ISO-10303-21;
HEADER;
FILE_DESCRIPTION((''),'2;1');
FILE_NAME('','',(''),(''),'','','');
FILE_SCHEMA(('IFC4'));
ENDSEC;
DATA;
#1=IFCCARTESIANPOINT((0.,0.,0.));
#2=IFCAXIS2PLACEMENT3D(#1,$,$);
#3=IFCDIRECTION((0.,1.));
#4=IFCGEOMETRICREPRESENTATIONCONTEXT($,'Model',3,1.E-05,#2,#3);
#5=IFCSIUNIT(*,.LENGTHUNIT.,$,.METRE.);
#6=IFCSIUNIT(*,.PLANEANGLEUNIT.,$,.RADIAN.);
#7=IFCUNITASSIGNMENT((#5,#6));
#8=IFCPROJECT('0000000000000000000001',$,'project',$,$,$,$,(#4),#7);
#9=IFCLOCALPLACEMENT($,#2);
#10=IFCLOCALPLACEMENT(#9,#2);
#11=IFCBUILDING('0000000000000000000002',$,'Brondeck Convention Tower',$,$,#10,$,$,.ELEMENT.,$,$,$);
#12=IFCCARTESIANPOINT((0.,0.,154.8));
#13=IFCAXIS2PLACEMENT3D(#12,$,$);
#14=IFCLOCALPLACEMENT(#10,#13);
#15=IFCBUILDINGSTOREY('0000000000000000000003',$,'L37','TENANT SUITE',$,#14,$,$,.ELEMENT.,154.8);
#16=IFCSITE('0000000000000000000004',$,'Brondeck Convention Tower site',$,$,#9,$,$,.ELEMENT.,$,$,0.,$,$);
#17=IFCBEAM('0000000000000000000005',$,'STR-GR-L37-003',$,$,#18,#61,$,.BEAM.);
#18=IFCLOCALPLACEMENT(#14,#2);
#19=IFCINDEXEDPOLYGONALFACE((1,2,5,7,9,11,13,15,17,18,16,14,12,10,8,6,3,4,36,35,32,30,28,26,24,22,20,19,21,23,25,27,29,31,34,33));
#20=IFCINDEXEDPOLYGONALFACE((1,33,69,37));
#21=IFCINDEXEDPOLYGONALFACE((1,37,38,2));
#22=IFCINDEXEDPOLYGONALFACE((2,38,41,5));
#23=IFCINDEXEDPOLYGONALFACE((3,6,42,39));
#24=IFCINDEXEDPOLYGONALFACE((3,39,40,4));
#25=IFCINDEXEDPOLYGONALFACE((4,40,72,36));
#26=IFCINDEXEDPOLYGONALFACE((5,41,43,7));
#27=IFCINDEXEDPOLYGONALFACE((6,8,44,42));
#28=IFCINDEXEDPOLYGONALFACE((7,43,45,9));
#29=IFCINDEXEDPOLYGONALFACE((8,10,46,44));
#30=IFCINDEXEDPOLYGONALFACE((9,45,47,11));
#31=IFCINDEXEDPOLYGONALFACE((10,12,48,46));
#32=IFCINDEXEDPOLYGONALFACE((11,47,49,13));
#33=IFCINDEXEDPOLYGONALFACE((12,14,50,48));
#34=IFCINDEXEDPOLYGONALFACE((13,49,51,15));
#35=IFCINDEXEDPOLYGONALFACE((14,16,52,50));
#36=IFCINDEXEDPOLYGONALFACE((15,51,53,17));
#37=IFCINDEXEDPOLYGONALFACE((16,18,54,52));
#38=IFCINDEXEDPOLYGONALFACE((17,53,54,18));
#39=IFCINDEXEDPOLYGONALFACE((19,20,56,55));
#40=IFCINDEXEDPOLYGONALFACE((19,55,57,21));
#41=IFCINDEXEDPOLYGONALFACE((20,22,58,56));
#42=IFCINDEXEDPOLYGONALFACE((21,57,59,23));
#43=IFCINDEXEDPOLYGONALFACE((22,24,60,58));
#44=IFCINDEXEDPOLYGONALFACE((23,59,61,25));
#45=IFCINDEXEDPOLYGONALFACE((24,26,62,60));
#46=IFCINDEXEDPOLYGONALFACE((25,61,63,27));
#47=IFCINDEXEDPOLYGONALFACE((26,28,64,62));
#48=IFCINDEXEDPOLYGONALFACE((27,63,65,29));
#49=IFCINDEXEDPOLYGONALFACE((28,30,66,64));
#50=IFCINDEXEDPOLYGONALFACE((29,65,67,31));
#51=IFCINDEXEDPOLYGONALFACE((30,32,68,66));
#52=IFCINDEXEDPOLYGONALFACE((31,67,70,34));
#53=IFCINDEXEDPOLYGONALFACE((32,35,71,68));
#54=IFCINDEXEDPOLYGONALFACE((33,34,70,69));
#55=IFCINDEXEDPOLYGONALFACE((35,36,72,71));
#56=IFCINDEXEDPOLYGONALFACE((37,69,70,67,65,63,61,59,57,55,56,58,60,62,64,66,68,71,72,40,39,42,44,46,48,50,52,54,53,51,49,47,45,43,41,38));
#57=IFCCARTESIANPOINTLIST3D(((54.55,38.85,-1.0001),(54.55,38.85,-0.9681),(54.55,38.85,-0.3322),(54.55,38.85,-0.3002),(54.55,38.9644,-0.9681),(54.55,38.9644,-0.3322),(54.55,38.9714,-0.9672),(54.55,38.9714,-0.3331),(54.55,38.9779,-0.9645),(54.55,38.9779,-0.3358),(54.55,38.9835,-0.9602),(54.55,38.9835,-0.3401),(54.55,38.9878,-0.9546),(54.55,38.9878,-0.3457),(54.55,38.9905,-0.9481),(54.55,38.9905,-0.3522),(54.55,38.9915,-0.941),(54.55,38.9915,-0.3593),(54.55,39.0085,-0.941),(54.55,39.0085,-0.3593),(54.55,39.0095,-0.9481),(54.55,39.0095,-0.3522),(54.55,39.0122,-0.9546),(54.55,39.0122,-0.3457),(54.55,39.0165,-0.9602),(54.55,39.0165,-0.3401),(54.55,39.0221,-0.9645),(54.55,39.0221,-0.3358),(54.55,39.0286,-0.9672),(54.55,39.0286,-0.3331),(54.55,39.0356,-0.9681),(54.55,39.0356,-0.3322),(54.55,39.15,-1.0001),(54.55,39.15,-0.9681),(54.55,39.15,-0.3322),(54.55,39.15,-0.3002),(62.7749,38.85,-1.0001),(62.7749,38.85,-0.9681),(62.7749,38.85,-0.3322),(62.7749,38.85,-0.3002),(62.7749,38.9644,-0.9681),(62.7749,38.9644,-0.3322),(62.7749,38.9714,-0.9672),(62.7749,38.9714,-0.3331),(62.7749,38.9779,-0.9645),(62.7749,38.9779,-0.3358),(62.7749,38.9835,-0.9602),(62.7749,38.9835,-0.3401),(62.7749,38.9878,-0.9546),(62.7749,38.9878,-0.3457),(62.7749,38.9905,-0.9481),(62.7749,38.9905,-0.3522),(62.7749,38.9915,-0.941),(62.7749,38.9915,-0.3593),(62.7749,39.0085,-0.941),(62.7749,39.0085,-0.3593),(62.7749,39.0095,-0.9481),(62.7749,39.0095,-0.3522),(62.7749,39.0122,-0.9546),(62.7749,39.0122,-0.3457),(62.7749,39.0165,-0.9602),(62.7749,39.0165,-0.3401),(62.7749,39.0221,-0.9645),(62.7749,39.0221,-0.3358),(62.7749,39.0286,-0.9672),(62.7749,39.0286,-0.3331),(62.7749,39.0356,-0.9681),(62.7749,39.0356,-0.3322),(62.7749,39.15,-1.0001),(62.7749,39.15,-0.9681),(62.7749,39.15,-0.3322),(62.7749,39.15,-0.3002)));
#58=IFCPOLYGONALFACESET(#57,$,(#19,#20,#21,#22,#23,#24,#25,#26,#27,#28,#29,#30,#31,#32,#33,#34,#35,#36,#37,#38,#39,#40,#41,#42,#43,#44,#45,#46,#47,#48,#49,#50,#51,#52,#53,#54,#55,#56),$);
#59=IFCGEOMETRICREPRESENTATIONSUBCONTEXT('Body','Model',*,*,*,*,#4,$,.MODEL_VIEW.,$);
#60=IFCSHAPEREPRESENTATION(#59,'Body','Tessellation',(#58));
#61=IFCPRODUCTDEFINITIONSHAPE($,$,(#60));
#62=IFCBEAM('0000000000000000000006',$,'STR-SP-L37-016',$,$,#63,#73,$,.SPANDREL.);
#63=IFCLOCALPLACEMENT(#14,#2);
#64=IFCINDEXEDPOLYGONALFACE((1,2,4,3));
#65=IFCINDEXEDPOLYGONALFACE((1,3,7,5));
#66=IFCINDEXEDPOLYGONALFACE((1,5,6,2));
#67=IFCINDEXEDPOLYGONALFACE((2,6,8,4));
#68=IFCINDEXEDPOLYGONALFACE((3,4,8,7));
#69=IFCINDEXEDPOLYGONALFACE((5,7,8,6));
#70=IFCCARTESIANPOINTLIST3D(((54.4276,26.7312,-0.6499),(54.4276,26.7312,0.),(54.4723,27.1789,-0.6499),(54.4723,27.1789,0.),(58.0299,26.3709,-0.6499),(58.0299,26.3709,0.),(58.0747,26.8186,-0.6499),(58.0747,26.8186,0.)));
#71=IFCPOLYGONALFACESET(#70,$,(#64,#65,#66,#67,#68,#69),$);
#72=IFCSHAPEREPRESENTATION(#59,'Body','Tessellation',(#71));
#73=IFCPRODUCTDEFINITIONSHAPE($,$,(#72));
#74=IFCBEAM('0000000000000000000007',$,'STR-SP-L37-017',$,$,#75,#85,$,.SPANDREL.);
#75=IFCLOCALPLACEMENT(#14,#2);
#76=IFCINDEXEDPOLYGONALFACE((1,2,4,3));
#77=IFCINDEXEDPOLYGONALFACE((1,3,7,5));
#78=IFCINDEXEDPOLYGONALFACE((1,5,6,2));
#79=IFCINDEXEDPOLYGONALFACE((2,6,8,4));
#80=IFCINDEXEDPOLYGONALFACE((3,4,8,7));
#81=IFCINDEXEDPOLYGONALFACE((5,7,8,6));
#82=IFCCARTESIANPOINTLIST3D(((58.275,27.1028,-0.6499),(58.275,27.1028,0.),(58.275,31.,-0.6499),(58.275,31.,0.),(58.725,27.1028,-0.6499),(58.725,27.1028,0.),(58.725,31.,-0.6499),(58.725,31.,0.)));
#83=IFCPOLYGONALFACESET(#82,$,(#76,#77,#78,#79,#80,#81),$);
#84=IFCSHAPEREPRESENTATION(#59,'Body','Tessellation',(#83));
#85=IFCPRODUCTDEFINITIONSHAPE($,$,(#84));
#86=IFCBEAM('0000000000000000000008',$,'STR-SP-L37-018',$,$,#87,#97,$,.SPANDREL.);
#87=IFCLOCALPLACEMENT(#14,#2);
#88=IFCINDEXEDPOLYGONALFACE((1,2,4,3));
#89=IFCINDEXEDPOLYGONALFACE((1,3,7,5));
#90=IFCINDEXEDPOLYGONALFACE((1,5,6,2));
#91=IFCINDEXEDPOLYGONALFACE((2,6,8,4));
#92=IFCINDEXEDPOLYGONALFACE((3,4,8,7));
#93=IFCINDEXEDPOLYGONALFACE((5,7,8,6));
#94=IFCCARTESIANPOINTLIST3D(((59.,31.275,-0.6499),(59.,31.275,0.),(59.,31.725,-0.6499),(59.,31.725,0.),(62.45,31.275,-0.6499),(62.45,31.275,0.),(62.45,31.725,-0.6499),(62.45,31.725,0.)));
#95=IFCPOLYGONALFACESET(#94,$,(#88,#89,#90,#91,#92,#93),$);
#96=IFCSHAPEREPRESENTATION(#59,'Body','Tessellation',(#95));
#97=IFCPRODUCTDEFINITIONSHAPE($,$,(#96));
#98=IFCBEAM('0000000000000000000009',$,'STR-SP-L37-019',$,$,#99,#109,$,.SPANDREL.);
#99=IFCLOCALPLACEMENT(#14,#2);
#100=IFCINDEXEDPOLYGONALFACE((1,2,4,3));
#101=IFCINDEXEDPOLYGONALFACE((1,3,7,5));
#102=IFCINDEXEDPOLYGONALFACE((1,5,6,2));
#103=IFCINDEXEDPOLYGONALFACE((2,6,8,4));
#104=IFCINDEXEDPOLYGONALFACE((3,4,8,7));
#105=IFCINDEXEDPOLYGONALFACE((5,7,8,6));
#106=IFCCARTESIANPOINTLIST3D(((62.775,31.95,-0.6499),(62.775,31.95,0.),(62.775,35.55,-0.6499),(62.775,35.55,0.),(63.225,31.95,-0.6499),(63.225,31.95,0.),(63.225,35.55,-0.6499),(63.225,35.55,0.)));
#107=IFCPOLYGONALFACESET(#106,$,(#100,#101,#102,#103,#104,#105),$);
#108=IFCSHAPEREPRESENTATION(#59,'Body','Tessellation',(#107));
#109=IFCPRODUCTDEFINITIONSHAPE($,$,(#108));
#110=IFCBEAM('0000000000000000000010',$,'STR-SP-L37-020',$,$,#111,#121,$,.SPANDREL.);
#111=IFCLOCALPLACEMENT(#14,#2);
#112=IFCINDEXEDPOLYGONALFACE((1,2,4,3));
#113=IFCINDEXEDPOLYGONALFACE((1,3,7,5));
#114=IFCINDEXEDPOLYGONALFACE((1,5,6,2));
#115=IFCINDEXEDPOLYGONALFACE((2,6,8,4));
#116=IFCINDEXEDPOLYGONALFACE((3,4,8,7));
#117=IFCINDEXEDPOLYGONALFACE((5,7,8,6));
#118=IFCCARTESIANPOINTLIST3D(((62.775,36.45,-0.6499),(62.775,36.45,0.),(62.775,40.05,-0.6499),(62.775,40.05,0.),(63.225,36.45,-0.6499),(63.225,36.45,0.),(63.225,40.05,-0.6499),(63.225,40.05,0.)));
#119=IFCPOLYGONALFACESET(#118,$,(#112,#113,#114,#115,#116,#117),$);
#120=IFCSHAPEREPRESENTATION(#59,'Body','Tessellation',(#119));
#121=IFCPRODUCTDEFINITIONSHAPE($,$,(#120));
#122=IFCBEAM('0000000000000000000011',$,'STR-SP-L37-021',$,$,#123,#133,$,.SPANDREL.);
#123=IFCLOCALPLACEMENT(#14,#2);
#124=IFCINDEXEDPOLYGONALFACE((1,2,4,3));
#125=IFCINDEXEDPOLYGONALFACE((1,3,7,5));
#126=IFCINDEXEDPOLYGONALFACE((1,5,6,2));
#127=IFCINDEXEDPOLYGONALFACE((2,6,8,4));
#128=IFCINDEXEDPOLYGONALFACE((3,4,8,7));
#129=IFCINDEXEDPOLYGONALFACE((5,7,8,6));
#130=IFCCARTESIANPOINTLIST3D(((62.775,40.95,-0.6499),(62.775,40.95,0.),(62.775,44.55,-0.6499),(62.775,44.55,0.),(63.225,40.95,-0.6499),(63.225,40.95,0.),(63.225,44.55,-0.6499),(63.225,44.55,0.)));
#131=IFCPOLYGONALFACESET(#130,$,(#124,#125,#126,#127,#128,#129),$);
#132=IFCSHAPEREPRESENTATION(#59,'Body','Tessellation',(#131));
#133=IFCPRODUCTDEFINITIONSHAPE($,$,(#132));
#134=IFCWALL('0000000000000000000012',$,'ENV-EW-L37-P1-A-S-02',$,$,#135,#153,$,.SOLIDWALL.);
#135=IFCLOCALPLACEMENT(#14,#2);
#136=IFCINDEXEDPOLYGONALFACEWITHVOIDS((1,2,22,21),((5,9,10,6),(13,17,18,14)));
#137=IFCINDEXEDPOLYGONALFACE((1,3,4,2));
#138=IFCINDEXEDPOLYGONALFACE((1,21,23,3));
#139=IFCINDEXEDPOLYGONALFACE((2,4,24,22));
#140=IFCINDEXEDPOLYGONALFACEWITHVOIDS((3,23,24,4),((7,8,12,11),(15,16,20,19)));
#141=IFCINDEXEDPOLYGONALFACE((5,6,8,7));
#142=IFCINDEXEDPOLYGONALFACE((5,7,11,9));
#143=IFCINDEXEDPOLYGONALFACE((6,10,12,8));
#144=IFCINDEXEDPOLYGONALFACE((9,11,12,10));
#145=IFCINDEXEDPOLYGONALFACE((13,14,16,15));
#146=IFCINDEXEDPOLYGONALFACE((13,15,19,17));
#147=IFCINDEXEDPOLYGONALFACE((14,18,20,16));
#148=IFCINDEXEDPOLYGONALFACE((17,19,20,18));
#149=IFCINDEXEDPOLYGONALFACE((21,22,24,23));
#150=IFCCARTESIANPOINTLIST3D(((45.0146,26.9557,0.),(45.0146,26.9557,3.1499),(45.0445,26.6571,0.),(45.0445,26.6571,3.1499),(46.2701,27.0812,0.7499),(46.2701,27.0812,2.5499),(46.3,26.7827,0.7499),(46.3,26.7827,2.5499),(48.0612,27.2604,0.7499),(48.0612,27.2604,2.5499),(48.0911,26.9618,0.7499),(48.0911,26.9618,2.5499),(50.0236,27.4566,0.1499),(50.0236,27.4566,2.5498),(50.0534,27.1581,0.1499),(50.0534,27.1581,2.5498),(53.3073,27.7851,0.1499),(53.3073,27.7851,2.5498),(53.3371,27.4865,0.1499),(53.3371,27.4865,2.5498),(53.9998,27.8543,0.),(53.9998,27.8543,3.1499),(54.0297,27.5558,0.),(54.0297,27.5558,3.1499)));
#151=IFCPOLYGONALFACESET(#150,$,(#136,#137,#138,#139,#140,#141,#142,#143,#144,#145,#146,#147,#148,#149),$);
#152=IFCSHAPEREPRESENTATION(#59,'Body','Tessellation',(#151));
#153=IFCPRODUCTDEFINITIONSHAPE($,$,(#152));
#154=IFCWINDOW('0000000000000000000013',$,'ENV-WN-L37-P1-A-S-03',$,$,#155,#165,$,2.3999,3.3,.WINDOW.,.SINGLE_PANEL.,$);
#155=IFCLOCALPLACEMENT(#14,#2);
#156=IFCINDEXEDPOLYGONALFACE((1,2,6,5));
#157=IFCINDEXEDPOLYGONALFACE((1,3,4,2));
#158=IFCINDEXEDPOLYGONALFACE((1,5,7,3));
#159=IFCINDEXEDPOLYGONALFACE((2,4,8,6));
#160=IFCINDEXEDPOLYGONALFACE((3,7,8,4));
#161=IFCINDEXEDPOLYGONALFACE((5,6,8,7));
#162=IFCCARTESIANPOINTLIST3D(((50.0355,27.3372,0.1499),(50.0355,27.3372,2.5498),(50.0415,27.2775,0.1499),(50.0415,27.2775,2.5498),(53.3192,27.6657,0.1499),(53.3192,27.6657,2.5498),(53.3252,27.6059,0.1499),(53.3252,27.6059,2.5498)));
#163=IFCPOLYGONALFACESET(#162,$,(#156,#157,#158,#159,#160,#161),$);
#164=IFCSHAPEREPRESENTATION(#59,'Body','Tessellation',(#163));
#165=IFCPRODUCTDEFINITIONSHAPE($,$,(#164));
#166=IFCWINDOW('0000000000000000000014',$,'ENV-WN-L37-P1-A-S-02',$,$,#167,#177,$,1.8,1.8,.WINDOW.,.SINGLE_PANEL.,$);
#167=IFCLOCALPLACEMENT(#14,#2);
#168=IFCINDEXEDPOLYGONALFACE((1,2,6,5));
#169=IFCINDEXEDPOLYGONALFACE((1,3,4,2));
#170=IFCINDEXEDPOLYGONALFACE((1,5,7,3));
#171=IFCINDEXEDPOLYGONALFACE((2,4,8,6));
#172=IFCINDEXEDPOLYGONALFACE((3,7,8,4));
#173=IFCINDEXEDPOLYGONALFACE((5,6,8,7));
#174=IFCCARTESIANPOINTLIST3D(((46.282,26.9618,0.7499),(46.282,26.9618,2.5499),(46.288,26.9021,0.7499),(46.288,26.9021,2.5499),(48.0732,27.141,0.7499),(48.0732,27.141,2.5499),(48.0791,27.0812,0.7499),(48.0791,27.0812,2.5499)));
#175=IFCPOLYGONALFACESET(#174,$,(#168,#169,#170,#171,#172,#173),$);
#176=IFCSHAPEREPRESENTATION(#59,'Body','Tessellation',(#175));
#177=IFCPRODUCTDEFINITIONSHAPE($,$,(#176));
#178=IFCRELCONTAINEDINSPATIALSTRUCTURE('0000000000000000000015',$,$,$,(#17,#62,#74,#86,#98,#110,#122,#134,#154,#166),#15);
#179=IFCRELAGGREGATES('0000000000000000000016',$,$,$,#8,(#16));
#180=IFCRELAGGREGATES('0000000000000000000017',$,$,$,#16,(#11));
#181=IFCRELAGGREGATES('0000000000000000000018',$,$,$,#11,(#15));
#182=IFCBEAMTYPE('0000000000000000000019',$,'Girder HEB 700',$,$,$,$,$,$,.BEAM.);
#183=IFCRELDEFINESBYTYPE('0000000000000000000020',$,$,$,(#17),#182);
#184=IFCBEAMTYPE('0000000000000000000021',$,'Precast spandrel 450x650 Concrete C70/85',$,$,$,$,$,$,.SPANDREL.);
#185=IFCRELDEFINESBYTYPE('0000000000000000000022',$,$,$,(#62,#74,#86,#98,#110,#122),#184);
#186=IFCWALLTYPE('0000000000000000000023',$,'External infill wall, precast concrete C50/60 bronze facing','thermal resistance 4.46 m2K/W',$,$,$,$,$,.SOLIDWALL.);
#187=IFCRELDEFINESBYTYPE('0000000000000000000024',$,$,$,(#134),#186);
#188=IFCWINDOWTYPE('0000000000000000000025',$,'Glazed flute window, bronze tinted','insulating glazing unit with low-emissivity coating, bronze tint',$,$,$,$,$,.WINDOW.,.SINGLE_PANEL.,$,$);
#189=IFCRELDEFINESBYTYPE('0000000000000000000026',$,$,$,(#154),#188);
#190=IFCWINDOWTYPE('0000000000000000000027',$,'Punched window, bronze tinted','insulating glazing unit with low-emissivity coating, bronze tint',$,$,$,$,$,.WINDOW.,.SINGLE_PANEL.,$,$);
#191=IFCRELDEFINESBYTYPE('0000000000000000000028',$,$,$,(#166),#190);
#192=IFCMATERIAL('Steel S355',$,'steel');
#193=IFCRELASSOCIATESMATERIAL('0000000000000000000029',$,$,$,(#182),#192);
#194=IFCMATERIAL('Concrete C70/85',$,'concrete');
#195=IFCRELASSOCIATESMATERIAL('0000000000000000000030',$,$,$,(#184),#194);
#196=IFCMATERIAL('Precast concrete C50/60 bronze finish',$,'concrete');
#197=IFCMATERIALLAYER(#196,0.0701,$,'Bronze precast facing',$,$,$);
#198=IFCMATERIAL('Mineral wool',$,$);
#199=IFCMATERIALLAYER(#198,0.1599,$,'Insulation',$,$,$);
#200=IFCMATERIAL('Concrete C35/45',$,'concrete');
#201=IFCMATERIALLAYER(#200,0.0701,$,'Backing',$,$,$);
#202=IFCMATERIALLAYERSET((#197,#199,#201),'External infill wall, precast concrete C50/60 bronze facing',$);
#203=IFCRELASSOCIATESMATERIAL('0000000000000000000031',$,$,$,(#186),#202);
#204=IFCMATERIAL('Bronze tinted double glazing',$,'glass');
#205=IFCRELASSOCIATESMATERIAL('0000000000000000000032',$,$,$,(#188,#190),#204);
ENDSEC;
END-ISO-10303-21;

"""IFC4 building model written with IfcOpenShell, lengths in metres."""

from ifc_helpers import new_model, si_unit, direction, frame, frame_2d, origin, origin_2d, place, context, subcontext, project, spatial, rectangle, i_section, extrude, material, layer, layer_set, material_profile, profile_set, type_object, element, fill, save


model = new_model("IFC4")

# Units and contexts
model_context = context("Model", 3, precision=1e-05, world=origin(), true_north=direction((0.0, 1.0)))
body_context = subcontext(model_context, "Body", "Model", "MODEL_VIEW")
ifc_project = project(units=[si_unit("LENGTHUNIT", "METRE"), si_unit("PLANEANGLEUNIT", "RADIAN")], contexts=[model_context])

# Site, building, storey
site_placement = place(None, origin())
site = spatial("IfcSite", under=ifc_project, at=site_placement, Name="Brondeck Convention Tower site", CompositionType="ELEMENT", RefElevation=0.0)
building_placement = place(site_placement, origin())
building = spatial("IfcBuilding", under=site, at=building_placement, Name="Brondeck Convention Tower", CompositionType="ELEMENT")
storey_placement = place(building_placement, frame((0.0, 0.0, 154.8)))
storey = spatial("IfcBuildingStorey", under=building, at=storey_placement, Name="L37", Description="TENANT SUITE", CompositionType="ELEMENT", Elevation=154.8)

# Shared definitions
ifc_material_1 = material(Name="Concrete C70/85", Category="concrete")

# Beams
ifc_material_2 = material(Name="Steel S355", Category="steel")
ifc_material_profile_1 = material_profile(ifc_material_2, i_section(OverallWidth=0.3, OverallDepth=0.7, WebThickness=0.0171, FlangeThickness=0.032, FilletRadius=0.0271, at=origin_2d()), Name="HEB 700")
ifc_profile_set_1 = profile_set([ifc_material_profile_1], Name="Steel S355")
beam_type_1 = type_object("IfcBeamType", Name="Girder HEB 700", PredefinedType="BEAM", material=ifc_profile_set_1)
beam_1_placement = place(storey_placement, frame((54.55, 39.0, -0.6501), z_axis=(1.0, 0.0, 0.0), x_axis=(0.0, 1.0, 0.0)))
element("IfcBeam", 1, at=beam_1_placement, inside=storey, type_object=beam_type_1, Name="STR-GR-L37-003", PredefinedType="BEAM", context=body_context, shape_type="SweptSolid", body=[
    extrude(i_section(OverallWidth=0.3, OverallDepth=0.7, WebThickness=0.0171, FlangeThickness=0.032, FilletRadius=0.0271, at=origin_2d()), origin(), (0.0, 0.0, 1.0), 8.2249),
])
ifc_material_profile_2 = material_profile(ifc_material_1, rectangle(XDim=0.45, YDim=0.6499, at=origin_2d()), Name="Precast spandrel 450x650 Concrete C70/85")
ifc_profile_set_2 = profile_set([ifc_material_profile_2], Name="Concrete C70/85")
beam_type_2 = type_object("IfcBeamType", Name="Precast spandrel 450x650 Concrete C70/85", PredefinedType="SPANDREL", material=ifc_profile_set_2)
beam_2_placement = place(storey_placement, frame((54.45, 26.9551, -0.325), z_axis=(0.995034, -0.099537, 0.0), x_axis=(0.099537, 0.995034, 0.0)))
element("IfcBeam", 2, at=beam_2_placement, inside=storey, type_object=beam_type_2, Name="STR-SP-L37-016", PredefinedType="SPANDREL", context=body_context, shape_type="SweptSolid", body=[
    extrude(rectangle(XDim=0.45, YDim=0.6499, at=origin_2d()), origin(), (0.0, 0.0, 1.0), 3.6204),
])
beam_3_placement = place(storey_placement, frame((58.5, 27.1028, -0.325), z_axis=(0.0, 1.0, 0.0), x_axis=(-1.0, 0.0, 0.0)))
element("IfcBeam", 3, at=beam_3_placement, inside=storey, type_object=beam_type_2, Name="STR-SP-L37-017", PredefinedType="SPANDREL", context=body_context, shape_type="SweptSolid", body=[
    extrude(rectangle(XDim=0.45, YDim=0.6499, at=origin_2d()), origin(), (0.0, 0.0, 1.0), 3.8972),
])
beam_4_placement = place(storey_placement, frame((59.0, 31.5, -0.325), z_axis=(1.0, 0.0, 0.0), x_axis=(0.0, 1.0, 0.0)))
element("IfcBeam", 4, at=beam_4_placement, inside=storey, type_object=beam_type_2, Name="STR-SP-L37-018", PredefinedType="SPANDREL", context=body_context, shape_type="SweptSolid", body=[
    extrude(rectangle(XDim=0.45, YDim=0.6499, at=origin_2d()), origin(), (0.0, 0.0, 1.0), 3.45),
])
for number, where, z_axis, x_axis, name in (
    (5, (63.0, 31.95, -0.325), (0.0, 1.0, 0.0), (-1.0, 0.0, 0.0), "STR-SP-L37-019"),
    (6, (63.0, 36.45, -0.325), (0.0, 1.0, 0.0), (-1.0, 0.0, 0.0), "STR-SP-L37-020"),
    (7, (63.0, 40.95, -0.325), (0.0, 1.0, 0.0), (-1.0, 0.0, 0.0), "STR-SP-L37-021"),
):
    element("IfcBeam", number, at=place(storey_placement, frame(where, z_axis=z_axis, x_axis=x_axis)), inside=storey, type_object=beam_type_2, Name=name, PredefinedType="SPANDREL", context=body_context, shape_type="SweptSolid", body=[
        extrude(rectangle(XDim=0.45, YDim=0.6499, at=origin_2d()), origin(), (0.0, 0.0, 1.0), 3.6001),
    ])

# Wall, openings, windows
ifc_material_3 = material(Name="Precast concrete C50/60 bronze finish", Category="concrete")
ifc_layer_1 = layer(ifc_material_3, 0.0701, Name="Bronze precast facing")
ifc_material_4 = material(Name="Mineral wool")
ifc_layer_2 = layer(ifc_material_4, 0.1599, Name="Insulation")
ifc_material_5 = material(Name="Concrete C35/45", Category="concrete")
ifc_layer_3 = layer(ifc_material_5, 0.0701, Name="Backing")
ifc_layer_set_1 = layer_set([ifc_layer_1, ifc_layer_2, ifc_layer_3], Name="External infill wall, precast concrete C50/60 bronze facing")
wall_type_1 = type_object("IfcWallType", Name="External infill wall, precast concrete C50/60 bronze facing", Description="thermal resistance 4.46 m2K/W", PredefinedType="SOLIDWALL", material=ifc_layer_set_1)
wall_1_placement = place(storey_placement, frame((54.0149, 27.7051, 0.0), z_axis=(0.0, 0.0, 1.0), x_axis=(-0.995035, -0.099522, 0.0)))
wall_1 = element("IfcWall", 8, at=wall_1_placement, inside=storey, type_object=wall_type_1, Name="ENV-EW-L37-P1-A-S-02", PredefinedType="SOLIDWALL", context=body_context, shape_type="SweptSolid", body=[
    extrude(rectangle(XDim=9.03, YDim=0.3, at=frame_2d((4.5151, 0.0))), origin(), (0.0, 0.0, 1.0), 3.1499),
])
opening_1_placement = place(wall_1_placement, frame((0.6963, 0.0, 0.1499)))
opening_1 = element("IfcOpeningElement", 9, at=opening_1_placement, cuts=wall_1, PredefinedType="OPENING", context=body_context, shape_type="SweptSolid", body=[
    extrude(rectangle(XDim=3.3, YDim=2.3999, at=frame_2d((1.6499, 1.2))), frame((0.0, 0.1599, 0.0), z_axis=(0.0, -1.0, 0.0), x_axis=(1.0, 0.0, 0.0)), (0.0, 0.0, 1.0), 0.3201),
])
opening_2_placement = place(wall_1_placement, frame((5.9685, 0.0, 0.75)))
opening_2 = element("IfcOpeningElement", 10, at=opening_2_placement, cuts=wall_1, PredefinedType="OPENING", context=body_context, shape_type="SweptSolid", body=[
    extrude(rectangle(XDim=1.8, YDim=1.8, at=frame_2d((0.8999, 0.8999))), frame((0.0, 0.1599, 0.0), z_axis=(0.0, -1.0, 0.0), x_axis=(1.0, 0.0, 0.0)), (0.0, 0.0, 1.0), 0.3201),
])
ifc_material_6 = material(Name="Bronze tinted double glazing", Category="glass")
window_type_1 = type_object("IfcWindowType", Name="Glazed flute window, bronze tinted", Description="insulating glazing unit with low-emissivity coating, bronze tint", PartitioningType="SINGLE_PANEL", PredefinedType="WINDOW", material=ifc_material_6)
window_1_placement = place(opening_1_placement, origin())
window_1 = element("IfcWindow", 11, at=window_1_placement, inside=storey, type_object=window_type_1, Name="ENV-WN-L37-P1-A-S-03", OverallHeight=2.3999, OverallWidth=3.3, PartitioningType="SINGLE_PANEL", PredefinedType="WINDOW", context=body_context, shape_type="SweptSolid", body=[
    extrude(rectangle(XDim=3.3, YDim=2.3999, at=frame_2d((1.6499, 1.2))), frame((0.0, 0.03, 0.0), z_axis=(0.0, -1.0, 0.0), x_axis=(1.0, 0.0, 0.0)), (0.0, 0.0, 1.0), 0.0601),
])
fill(opening_1, window_1)
window_type_2 = type_object("IfcWindowType", Name="Punched window, bronze tinted", Description="insulating glazing unit with low-emissivity coating, bronze tint", PartitioningType="SINGLE_PANEL", PredefinedType="WINDOW", material=ifc_material_6)
window_2_placement = place(opening_2_placement, origin())
window_2 = element("IfcWindow", 12, at=window_2_placement, inside=storey, type_object=window_type_2, Name="ENV-WN-L37-P1-A-S-02", OverallHeight=1.8, OverallWidth=1.8, PartitioningType="SINGLE_PANEL", PredefinedType="WINDOW", context=body_context, shape_type="SweptSolid", body=[
    extrude(rectangle(XDim=1.8, YDim=1.8, at=frame_2d((0.8999, 0.8999))), frame((0.0, 0.03, 0.0), z_axis=(0.0, -1.0, 0.0), x_axis=(1.0, 0.0, 0.0)), (0.0, 0.0, 1.0), 0.0601),
])
fill(opening_2, window_2)

save(model, "model.ifc")
